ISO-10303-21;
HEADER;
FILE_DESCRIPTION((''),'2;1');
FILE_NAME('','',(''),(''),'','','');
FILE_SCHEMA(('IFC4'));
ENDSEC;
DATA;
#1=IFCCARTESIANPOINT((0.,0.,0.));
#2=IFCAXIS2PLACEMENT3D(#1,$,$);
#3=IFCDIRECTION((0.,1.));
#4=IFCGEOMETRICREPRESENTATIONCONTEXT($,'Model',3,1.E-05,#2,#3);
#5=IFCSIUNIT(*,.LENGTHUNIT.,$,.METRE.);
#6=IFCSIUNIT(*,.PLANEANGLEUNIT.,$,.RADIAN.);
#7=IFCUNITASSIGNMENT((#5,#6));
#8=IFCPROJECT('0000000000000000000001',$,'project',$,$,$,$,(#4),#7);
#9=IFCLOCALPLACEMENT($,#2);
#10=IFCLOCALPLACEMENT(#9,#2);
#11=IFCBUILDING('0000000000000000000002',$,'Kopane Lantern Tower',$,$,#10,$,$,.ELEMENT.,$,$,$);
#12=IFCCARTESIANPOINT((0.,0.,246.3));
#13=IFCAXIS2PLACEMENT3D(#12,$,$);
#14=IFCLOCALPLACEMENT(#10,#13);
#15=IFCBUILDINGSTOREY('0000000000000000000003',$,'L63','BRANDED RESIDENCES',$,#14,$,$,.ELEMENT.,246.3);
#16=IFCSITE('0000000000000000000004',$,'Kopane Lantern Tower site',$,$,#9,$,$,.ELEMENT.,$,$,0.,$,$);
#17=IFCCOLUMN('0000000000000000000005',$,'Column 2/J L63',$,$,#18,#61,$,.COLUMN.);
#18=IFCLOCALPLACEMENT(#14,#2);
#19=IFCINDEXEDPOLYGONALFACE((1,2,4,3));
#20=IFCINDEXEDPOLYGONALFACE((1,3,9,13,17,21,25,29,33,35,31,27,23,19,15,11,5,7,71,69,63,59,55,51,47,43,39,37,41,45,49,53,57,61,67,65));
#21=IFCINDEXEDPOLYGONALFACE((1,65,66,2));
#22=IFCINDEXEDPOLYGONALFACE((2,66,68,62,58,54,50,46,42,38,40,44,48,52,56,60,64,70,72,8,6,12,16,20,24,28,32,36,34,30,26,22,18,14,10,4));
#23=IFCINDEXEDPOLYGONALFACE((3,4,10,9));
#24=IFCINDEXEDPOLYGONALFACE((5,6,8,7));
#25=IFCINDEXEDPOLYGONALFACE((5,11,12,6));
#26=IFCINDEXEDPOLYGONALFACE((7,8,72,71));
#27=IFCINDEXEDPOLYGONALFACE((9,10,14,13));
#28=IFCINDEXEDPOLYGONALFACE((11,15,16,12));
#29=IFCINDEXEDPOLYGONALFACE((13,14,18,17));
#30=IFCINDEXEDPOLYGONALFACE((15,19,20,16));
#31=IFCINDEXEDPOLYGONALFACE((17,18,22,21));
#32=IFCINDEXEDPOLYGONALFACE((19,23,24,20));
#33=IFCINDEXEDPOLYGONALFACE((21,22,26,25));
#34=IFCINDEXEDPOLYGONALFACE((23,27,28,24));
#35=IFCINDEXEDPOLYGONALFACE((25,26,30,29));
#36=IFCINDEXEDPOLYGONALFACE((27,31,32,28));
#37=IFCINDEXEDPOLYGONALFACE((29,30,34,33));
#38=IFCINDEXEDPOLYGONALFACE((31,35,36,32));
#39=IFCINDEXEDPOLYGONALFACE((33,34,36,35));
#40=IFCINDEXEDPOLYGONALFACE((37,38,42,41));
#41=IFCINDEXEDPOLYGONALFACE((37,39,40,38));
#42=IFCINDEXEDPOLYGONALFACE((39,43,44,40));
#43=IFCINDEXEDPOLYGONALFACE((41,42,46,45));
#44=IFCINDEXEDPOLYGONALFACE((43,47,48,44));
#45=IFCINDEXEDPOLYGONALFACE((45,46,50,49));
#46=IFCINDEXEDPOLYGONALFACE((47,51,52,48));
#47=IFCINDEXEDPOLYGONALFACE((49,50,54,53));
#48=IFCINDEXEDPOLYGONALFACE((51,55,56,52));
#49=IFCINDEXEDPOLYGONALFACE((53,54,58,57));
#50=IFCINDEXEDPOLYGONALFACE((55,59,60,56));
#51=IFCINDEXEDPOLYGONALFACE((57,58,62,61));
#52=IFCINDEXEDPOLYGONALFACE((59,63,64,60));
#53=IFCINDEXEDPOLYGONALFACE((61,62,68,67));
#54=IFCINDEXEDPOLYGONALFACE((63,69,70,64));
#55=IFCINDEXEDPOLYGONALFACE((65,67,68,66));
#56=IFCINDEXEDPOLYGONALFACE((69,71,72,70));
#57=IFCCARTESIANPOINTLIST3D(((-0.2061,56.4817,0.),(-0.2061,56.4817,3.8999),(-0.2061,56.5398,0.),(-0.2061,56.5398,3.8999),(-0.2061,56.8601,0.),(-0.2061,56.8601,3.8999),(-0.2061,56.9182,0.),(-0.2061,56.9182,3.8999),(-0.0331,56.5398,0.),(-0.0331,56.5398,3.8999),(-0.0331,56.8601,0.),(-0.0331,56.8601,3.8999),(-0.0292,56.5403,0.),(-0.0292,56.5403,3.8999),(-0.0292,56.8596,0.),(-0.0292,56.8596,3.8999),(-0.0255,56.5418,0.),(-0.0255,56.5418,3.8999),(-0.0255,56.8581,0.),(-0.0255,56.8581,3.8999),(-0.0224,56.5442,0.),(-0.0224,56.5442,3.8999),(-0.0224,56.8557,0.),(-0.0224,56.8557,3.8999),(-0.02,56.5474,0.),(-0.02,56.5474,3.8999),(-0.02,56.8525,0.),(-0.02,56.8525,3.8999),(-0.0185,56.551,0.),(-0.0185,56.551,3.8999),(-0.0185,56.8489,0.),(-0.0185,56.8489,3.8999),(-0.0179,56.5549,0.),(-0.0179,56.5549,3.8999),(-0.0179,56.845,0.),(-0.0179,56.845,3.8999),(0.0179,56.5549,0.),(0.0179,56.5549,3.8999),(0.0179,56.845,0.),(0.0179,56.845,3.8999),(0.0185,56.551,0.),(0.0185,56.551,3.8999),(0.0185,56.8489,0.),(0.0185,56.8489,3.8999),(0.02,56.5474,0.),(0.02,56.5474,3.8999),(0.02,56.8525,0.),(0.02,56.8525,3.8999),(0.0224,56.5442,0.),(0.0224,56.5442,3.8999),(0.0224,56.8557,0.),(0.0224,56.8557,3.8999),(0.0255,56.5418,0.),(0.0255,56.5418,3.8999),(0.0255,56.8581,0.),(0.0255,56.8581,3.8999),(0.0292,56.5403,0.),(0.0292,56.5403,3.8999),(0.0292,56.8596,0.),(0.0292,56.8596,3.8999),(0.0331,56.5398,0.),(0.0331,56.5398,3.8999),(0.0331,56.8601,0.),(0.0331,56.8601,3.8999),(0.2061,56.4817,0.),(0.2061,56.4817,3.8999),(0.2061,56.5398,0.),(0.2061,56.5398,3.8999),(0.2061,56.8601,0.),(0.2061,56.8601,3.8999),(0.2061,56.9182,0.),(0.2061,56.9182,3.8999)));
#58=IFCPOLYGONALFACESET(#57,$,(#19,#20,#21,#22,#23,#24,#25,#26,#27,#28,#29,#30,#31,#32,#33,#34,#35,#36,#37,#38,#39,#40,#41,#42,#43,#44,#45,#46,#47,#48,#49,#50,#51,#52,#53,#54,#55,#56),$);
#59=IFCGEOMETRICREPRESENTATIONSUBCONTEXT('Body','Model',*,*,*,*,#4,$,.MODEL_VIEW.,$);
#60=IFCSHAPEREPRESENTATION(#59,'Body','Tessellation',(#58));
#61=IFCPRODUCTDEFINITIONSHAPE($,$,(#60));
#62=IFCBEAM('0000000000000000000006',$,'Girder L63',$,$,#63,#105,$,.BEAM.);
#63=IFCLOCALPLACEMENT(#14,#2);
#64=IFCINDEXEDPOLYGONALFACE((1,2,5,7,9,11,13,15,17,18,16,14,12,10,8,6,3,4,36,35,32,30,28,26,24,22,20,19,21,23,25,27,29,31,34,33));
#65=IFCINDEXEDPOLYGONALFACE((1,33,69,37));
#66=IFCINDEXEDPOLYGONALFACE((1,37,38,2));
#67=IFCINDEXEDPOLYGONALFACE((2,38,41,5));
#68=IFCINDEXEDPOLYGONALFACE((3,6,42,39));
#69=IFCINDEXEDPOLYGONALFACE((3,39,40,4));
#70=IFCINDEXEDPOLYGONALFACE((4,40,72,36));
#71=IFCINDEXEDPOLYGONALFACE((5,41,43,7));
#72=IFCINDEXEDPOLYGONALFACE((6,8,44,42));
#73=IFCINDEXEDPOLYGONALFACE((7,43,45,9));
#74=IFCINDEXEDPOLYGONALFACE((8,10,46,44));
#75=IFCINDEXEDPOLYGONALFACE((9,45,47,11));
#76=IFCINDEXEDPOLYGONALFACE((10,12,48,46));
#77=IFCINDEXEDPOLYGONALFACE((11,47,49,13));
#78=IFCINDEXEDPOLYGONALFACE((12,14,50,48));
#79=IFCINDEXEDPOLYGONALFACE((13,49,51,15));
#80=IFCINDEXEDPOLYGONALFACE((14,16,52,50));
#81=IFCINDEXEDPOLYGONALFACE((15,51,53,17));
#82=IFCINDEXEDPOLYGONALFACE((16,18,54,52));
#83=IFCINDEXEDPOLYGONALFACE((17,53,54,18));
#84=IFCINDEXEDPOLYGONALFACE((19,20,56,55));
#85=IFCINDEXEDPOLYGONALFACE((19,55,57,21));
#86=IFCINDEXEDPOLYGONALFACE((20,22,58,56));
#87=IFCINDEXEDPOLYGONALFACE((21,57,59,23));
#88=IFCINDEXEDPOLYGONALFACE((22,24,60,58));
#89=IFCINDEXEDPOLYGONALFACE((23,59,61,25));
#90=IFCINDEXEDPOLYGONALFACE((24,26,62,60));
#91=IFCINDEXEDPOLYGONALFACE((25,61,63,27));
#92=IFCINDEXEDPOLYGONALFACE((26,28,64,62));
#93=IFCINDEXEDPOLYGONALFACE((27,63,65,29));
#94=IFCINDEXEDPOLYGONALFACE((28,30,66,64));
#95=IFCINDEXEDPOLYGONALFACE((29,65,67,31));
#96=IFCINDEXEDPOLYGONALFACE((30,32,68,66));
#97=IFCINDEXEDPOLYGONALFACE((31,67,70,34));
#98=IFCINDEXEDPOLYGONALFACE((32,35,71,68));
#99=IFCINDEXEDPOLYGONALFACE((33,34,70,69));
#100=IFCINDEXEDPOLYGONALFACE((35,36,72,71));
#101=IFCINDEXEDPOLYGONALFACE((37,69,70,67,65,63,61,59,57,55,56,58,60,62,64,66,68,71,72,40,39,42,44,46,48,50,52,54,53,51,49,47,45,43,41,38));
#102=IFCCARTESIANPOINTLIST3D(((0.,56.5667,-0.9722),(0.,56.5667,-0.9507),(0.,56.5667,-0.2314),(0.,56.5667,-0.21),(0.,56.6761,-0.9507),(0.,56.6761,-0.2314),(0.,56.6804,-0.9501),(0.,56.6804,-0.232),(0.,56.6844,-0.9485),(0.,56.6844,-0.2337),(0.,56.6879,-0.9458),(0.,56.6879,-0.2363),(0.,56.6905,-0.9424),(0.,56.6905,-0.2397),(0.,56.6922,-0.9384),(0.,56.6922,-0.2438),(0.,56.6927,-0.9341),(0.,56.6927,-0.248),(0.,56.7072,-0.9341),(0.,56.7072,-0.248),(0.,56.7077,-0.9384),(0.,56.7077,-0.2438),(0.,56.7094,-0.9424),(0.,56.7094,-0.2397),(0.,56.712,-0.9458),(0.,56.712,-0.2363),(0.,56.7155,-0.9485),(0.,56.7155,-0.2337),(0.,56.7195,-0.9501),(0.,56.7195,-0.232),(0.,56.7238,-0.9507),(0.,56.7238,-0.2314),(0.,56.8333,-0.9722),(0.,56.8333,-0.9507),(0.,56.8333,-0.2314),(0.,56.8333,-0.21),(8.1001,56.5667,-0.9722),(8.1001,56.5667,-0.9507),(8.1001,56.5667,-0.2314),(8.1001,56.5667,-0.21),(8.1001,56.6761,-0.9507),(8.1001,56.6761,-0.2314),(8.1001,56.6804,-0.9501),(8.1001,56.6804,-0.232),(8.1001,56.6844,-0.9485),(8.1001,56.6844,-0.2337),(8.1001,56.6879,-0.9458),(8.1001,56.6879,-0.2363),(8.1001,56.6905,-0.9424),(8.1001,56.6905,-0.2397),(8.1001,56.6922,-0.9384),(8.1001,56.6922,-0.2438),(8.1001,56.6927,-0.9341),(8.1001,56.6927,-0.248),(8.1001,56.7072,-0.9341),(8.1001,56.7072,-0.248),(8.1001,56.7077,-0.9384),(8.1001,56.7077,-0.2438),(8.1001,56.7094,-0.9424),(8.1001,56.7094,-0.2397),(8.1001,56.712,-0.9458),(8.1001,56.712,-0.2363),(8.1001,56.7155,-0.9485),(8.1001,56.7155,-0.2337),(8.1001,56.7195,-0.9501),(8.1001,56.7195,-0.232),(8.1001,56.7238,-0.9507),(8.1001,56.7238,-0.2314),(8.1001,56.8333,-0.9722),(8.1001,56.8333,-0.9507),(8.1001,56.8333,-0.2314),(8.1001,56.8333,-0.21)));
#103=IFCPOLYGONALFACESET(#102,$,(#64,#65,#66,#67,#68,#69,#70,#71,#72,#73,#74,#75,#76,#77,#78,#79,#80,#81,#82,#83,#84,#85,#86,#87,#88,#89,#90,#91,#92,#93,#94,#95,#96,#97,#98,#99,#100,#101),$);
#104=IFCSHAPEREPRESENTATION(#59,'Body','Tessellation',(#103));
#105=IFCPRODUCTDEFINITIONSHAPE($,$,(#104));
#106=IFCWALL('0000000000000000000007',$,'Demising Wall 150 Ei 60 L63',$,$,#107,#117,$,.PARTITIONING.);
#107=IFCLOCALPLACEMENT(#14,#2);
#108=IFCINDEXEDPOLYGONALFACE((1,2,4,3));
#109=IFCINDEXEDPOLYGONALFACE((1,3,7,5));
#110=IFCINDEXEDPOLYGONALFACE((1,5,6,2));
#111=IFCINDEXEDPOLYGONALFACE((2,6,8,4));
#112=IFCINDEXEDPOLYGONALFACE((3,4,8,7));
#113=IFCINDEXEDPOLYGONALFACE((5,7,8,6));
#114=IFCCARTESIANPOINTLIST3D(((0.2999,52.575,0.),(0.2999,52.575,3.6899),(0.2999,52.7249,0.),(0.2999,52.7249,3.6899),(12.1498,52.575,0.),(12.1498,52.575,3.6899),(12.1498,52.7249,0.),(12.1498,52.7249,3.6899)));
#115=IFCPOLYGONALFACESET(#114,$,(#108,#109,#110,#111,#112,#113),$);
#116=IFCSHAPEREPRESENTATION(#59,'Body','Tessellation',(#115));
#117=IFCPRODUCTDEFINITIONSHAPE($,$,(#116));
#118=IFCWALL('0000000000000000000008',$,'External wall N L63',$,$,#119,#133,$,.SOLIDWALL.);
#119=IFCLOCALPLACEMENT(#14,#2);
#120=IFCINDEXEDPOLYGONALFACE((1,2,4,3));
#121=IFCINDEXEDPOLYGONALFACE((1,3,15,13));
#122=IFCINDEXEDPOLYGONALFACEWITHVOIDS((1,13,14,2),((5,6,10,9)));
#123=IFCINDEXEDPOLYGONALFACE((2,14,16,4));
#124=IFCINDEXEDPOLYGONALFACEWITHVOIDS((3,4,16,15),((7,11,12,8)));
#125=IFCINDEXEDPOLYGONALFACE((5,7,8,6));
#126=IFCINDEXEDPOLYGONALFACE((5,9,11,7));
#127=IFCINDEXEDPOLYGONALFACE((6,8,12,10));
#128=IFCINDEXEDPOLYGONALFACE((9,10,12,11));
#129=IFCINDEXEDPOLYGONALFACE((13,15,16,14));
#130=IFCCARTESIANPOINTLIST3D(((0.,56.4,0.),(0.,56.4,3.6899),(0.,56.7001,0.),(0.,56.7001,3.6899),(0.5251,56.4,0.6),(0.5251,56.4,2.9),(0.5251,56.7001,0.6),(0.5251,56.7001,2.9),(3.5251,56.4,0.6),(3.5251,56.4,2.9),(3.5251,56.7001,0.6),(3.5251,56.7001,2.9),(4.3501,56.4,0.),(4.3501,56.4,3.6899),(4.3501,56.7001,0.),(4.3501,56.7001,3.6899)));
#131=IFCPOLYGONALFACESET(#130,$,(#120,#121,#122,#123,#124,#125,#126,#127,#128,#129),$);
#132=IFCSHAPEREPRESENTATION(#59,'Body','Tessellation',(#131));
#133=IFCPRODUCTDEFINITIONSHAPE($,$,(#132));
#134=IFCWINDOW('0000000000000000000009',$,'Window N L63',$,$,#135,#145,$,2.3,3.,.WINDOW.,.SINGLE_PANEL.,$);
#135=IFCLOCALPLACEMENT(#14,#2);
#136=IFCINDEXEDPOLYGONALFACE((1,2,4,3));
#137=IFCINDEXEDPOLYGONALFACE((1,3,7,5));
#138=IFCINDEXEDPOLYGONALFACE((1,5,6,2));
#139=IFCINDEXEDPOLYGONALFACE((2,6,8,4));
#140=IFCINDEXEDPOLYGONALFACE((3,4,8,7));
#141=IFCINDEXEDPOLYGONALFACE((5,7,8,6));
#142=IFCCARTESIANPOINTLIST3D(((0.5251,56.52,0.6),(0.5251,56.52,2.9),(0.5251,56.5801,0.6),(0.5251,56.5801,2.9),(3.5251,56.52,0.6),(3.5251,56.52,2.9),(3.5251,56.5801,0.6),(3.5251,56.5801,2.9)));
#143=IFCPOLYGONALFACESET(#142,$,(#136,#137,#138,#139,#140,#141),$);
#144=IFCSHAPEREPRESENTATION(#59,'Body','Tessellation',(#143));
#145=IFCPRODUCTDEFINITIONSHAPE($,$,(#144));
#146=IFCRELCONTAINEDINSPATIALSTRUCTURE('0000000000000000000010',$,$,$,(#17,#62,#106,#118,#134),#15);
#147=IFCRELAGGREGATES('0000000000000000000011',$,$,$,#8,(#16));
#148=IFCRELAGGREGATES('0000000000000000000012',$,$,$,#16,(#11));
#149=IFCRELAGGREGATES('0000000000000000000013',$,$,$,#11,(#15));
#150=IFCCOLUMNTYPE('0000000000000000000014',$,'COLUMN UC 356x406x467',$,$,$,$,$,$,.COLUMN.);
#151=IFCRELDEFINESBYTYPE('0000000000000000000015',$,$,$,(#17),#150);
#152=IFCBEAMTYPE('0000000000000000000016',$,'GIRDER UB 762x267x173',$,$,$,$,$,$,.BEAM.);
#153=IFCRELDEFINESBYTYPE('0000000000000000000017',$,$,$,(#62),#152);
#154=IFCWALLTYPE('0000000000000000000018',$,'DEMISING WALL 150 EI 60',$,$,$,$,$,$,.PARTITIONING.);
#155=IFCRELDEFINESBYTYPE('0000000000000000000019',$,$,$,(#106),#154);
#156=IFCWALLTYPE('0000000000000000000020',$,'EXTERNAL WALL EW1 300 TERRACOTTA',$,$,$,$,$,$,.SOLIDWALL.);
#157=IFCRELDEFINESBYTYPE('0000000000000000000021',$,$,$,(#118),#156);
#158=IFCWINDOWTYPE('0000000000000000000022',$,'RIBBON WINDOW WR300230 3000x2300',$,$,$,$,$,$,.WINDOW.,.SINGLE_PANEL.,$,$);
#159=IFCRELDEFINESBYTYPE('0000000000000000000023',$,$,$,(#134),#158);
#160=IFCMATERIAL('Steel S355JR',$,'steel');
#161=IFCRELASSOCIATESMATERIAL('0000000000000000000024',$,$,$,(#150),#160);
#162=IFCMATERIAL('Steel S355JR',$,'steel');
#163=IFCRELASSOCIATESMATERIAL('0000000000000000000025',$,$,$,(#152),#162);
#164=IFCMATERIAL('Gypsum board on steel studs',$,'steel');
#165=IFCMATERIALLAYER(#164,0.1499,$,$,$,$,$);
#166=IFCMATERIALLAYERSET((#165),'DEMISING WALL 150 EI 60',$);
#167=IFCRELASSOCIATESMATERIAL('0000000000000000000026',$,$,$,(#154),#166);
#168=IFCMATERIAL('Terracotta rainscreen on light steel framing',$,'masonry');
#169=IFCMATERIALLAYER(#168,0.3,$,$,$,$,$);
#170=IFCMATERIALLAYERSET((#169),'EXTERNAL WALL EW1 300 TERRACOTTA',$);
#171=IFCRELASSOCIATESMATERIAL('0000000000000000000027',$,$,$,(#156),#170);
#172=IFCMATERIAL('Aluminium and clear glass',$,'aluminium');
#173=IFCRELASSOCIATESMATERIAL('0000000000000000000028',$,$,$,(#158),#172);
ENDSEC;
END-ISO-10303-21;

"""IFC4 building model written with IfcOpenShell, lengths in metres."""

from ifc_helpers import new_model, si_unit, direction, frame, frame_2d, origin, origin_2d, place, context, subcontext, project, spatial, rectangle, i_section, extrude, material, layer, layer_set, material_profile, profile_set, type_object, element, fill, save


model = new_model("IFC4")

# Units and contexts
model_context = context("Model", 3, precision=1e-05, world=origin(), true_north=direction((0.0, 1.0)))
body_context = subcontext(model_context, "Body", "Model", "MODEL_VIEW")
ifc_project = project(units=[si_unit("LENGTHUNIT", "METRE"), si_unit("PLANEANGLEUNIT", "RADIAN")], contexts=[model_context])

# Site, building, storey
site_placement = place(None, origin())
site = spatial("IfcSite", under=ifc_project, at=site_placement, Name="Kopane Lantern Tower site", CompositionType="ELEMENT", RefElevation=0.0)
building_placement = place(site_placement, origin())
building = spatial("IfcBuilding", under=site, at=building_placement, Name="Kopane Lantern Tower", CompositionType="ELEMENT")
storey_placement = place(building_placement, frame((0.0, 0.0, 246.3)))
storey = spatial("IfcBuildingStorey", under=building, at=storey_placement, Name="L63", Description="BRANDED RESIDENCES", CompositionType="ELEMENT", Elevation=246.3)

# Column
ifc_material_1 = material(Name="Steel S355JR", Category="steel")
ifc_material_profile_1 = material_profile(ifc_material_1, i_section(OverallWidth=0.4121, OverallDepth=0.4365, WebThickness=0.0359, FlangeThickness=0.0581, FilletRadius=0.0151, at=origin_2d()), Name="UC 356x406x467")
ifc_profile_set_1 = profile_set([ifc_material_profile_1], Name="Steel S355JR")
column_type = type_object("IfcColumnType", Name="COLUMN UC 356x406x467", PredefinedType="COLUMN", material=ifc_profile_set_1)
column_placement = place(storey_placement, frame((0.0, 56.7, 0.0), z_axis=(0.0, 0.0, 1.0), x_axis=(1.0, 0.0, 0.0)))
element("IfcColumn", 1, at=column_placement, inside=storey, type_object=column_type, Name="Column 2/J L63", PredefinedType="COLUMN", context=body_context, shape_type="SweptSolid", body=[
    extrude(i_section(OverallWidth=0.4121, OverallDepth=0.4365, WebThickness=0.0359, FlangeThickness=0.0581, FilletRadius=0.0151, at=origin_2d()), origin(), (0.0, 0.0, 1.0), 3.8999),
])

# Beam
ifc_material_2 = material(Name="Steel S355JR", Category="steel")
ifc_material_profile_2 = material_profile(ifc_material_2, i_section(OverallWidth=0.2666, OverallDepth=0.7622, WebThickness=0.0144, FlangeThickness=0.0215, FilletRadius=0.0166, at=origin_2d()), Name="UB 762x267x173")
ifc_profile_set_2 = profile_set([ifc_material_profile_2], Name="Steel S355JR")
beam_type = type_object("IfcBeamType", Name="GIRDER UB 762x267x173", PredefinedType="BEAM", material=ifc_profile_set_2)
beam_placement = place(storey_placement, frame((0.0, 56.7, -0.5911), z_axis=(1.0, 0.0, 0.0), x_axis=(0.0, 1.0, 0.0)))
element("IfcBeam", 2, at=beam_placement, inside=storey, type_object=beam_type, Name="Girder L63", PredefinedType="BEAM", context=body_context, shape_type="SweptSolid", body=[
    extrude(i_section(OverallWidth=0.2666, OverallDepth=0.7622, WebThickness=0.0144, FlangeThickness=0.0215, FilletRadius=0.0166, at=origin_2d()), origin(), (0.0, 0.0, 1.0), 8.1001),
])

# Wall
ifc_material_3 = material(Name="Gypsum board on steel studs", Category="steel")
ifc_layer_1 = layer(ifc_material_3, 0.1499)
ifc_layer_set_1 = layer_set([ifc_layer_1], Name="DEMISING WALL 150 EI 60")
wall_type_1 = type_object("IfcWallType", Name="DEMISING WALL 150 EI 60", PredefinedType="PARTITIONING", material=ifc_layer_set_1)
wall_1_placement = place(storey_placement, frame((0.3, 52.6499, 0.0), z_axis=(0.0, 0.0, 1.0), x_axis=(1.0, 0.0, 0.0)))
element("IfcWall", 3, at=wall_1_placement, inside=storey, type_object=wall_type_1, Name="Demising Wall 150 Ei 60 L63", PredefinedType="PARTITIONING", context=body_context, shape_type="SweptSolid", body=[
    extrude(rectangle(XDim=11.8499, YDim=0.1499, at=frame_2d((5.9248, 0.0))), origin(), (0.0, 0.0, 1.0), 3.6899),
])

# Wall, opening, window
ifc_material_4 = material(Name="Terracotta rainscreen on light steel framing", Category="masonry")
ifc_layer_2 = layer(ifc_material_4, 0.3)
ifc_layer_set_2 = layer_set([ifc_layer_2], Name="EXTERNAL WALL EW1 300 TERRACOTTA")
wall_type_2 = type_object("IfcWallType", Name="EXTERNAL WALL EW1 300 TERRACOTTA", PredefinedType="SOLIDWALL", material=ifc_layer_set_2)
wall_2_placement = place(storey_placement, frame((4.3501, 56.55, 0.0), z_axis=(0.0, 0.0, 1.0), x_axis=(-1.0, 0.0, 0.0)))
wall_2 = element("IfcWall", 4, at=wall_2_placement, inside=storey, type_object=wall_type_2, Name="External wall N L63", PredefinedType="SOLIDWALL", context=body_context, shape_type="SweptSolid", body=[
    extrude(rectangle(XDim=4.3501, YDim=0.3, at=frame_2d((2.175, 0.0))), origin(), (0.0, 0.0, 1.0), 3.6899),
])
opening_1_placement = place(wall_2_placement, frame((0.825, 0.0, 0.6001)))
opening_1 = element("IfcOpeningElement", 5, at=opening_1_placement, cuts=wall_2, PredefinedType="OPENING", context=body_context, shape_type="SweptSolid", body=[
    extrude(rectangle(XDim=3.0, YDim=2.3, at=frame_2d((1.5, 1.1499))), frame((0.0, 0.1599, 0.0), z_axis=(0.0, -1.0, 0.0), x_axis=(1.0, 0.0, 0.0)), (0.0, 0.0, 1.0), 0.3201),
])
ifc_material_5 = material(Name="Aluminium and clear glass", Category="aluminium")
window_type_1 = type_object("IfcWindowType", Name="RIBBON WINDOW WR300230 3000x2300", PartitioningType="SINGLE_PANEL", PredefinedType="WINDOW", material=ifc_material_5)
window_1_placement = place(opening_1_placement, origin())
window_1 = element("IfcWindow", 6, at=window_1_placement, inside=storey, type_object=window_type_1, Name="Window N L63", OverallHeight=2.3, OverallWidth=3.0, PartitioningType="SINGLE_PANEL", PredefinedType="WINDOW", context=body_context, shape_type="SweptSolid", body=[
    extrude(rectangle(XDim=3.0, YDim=2.3, at=frame_2d((1.5, 1.1499))), frame((0.0, 0.03, 0.0), z_axis=(0.0, -1.0, 0.0), x_axis=(1.0, 0.0, 0.0)), (0.0, 0.0, 1.0), 0.0601),
])
fill(opening_1, window_1)

save(model, "model.ifc")
